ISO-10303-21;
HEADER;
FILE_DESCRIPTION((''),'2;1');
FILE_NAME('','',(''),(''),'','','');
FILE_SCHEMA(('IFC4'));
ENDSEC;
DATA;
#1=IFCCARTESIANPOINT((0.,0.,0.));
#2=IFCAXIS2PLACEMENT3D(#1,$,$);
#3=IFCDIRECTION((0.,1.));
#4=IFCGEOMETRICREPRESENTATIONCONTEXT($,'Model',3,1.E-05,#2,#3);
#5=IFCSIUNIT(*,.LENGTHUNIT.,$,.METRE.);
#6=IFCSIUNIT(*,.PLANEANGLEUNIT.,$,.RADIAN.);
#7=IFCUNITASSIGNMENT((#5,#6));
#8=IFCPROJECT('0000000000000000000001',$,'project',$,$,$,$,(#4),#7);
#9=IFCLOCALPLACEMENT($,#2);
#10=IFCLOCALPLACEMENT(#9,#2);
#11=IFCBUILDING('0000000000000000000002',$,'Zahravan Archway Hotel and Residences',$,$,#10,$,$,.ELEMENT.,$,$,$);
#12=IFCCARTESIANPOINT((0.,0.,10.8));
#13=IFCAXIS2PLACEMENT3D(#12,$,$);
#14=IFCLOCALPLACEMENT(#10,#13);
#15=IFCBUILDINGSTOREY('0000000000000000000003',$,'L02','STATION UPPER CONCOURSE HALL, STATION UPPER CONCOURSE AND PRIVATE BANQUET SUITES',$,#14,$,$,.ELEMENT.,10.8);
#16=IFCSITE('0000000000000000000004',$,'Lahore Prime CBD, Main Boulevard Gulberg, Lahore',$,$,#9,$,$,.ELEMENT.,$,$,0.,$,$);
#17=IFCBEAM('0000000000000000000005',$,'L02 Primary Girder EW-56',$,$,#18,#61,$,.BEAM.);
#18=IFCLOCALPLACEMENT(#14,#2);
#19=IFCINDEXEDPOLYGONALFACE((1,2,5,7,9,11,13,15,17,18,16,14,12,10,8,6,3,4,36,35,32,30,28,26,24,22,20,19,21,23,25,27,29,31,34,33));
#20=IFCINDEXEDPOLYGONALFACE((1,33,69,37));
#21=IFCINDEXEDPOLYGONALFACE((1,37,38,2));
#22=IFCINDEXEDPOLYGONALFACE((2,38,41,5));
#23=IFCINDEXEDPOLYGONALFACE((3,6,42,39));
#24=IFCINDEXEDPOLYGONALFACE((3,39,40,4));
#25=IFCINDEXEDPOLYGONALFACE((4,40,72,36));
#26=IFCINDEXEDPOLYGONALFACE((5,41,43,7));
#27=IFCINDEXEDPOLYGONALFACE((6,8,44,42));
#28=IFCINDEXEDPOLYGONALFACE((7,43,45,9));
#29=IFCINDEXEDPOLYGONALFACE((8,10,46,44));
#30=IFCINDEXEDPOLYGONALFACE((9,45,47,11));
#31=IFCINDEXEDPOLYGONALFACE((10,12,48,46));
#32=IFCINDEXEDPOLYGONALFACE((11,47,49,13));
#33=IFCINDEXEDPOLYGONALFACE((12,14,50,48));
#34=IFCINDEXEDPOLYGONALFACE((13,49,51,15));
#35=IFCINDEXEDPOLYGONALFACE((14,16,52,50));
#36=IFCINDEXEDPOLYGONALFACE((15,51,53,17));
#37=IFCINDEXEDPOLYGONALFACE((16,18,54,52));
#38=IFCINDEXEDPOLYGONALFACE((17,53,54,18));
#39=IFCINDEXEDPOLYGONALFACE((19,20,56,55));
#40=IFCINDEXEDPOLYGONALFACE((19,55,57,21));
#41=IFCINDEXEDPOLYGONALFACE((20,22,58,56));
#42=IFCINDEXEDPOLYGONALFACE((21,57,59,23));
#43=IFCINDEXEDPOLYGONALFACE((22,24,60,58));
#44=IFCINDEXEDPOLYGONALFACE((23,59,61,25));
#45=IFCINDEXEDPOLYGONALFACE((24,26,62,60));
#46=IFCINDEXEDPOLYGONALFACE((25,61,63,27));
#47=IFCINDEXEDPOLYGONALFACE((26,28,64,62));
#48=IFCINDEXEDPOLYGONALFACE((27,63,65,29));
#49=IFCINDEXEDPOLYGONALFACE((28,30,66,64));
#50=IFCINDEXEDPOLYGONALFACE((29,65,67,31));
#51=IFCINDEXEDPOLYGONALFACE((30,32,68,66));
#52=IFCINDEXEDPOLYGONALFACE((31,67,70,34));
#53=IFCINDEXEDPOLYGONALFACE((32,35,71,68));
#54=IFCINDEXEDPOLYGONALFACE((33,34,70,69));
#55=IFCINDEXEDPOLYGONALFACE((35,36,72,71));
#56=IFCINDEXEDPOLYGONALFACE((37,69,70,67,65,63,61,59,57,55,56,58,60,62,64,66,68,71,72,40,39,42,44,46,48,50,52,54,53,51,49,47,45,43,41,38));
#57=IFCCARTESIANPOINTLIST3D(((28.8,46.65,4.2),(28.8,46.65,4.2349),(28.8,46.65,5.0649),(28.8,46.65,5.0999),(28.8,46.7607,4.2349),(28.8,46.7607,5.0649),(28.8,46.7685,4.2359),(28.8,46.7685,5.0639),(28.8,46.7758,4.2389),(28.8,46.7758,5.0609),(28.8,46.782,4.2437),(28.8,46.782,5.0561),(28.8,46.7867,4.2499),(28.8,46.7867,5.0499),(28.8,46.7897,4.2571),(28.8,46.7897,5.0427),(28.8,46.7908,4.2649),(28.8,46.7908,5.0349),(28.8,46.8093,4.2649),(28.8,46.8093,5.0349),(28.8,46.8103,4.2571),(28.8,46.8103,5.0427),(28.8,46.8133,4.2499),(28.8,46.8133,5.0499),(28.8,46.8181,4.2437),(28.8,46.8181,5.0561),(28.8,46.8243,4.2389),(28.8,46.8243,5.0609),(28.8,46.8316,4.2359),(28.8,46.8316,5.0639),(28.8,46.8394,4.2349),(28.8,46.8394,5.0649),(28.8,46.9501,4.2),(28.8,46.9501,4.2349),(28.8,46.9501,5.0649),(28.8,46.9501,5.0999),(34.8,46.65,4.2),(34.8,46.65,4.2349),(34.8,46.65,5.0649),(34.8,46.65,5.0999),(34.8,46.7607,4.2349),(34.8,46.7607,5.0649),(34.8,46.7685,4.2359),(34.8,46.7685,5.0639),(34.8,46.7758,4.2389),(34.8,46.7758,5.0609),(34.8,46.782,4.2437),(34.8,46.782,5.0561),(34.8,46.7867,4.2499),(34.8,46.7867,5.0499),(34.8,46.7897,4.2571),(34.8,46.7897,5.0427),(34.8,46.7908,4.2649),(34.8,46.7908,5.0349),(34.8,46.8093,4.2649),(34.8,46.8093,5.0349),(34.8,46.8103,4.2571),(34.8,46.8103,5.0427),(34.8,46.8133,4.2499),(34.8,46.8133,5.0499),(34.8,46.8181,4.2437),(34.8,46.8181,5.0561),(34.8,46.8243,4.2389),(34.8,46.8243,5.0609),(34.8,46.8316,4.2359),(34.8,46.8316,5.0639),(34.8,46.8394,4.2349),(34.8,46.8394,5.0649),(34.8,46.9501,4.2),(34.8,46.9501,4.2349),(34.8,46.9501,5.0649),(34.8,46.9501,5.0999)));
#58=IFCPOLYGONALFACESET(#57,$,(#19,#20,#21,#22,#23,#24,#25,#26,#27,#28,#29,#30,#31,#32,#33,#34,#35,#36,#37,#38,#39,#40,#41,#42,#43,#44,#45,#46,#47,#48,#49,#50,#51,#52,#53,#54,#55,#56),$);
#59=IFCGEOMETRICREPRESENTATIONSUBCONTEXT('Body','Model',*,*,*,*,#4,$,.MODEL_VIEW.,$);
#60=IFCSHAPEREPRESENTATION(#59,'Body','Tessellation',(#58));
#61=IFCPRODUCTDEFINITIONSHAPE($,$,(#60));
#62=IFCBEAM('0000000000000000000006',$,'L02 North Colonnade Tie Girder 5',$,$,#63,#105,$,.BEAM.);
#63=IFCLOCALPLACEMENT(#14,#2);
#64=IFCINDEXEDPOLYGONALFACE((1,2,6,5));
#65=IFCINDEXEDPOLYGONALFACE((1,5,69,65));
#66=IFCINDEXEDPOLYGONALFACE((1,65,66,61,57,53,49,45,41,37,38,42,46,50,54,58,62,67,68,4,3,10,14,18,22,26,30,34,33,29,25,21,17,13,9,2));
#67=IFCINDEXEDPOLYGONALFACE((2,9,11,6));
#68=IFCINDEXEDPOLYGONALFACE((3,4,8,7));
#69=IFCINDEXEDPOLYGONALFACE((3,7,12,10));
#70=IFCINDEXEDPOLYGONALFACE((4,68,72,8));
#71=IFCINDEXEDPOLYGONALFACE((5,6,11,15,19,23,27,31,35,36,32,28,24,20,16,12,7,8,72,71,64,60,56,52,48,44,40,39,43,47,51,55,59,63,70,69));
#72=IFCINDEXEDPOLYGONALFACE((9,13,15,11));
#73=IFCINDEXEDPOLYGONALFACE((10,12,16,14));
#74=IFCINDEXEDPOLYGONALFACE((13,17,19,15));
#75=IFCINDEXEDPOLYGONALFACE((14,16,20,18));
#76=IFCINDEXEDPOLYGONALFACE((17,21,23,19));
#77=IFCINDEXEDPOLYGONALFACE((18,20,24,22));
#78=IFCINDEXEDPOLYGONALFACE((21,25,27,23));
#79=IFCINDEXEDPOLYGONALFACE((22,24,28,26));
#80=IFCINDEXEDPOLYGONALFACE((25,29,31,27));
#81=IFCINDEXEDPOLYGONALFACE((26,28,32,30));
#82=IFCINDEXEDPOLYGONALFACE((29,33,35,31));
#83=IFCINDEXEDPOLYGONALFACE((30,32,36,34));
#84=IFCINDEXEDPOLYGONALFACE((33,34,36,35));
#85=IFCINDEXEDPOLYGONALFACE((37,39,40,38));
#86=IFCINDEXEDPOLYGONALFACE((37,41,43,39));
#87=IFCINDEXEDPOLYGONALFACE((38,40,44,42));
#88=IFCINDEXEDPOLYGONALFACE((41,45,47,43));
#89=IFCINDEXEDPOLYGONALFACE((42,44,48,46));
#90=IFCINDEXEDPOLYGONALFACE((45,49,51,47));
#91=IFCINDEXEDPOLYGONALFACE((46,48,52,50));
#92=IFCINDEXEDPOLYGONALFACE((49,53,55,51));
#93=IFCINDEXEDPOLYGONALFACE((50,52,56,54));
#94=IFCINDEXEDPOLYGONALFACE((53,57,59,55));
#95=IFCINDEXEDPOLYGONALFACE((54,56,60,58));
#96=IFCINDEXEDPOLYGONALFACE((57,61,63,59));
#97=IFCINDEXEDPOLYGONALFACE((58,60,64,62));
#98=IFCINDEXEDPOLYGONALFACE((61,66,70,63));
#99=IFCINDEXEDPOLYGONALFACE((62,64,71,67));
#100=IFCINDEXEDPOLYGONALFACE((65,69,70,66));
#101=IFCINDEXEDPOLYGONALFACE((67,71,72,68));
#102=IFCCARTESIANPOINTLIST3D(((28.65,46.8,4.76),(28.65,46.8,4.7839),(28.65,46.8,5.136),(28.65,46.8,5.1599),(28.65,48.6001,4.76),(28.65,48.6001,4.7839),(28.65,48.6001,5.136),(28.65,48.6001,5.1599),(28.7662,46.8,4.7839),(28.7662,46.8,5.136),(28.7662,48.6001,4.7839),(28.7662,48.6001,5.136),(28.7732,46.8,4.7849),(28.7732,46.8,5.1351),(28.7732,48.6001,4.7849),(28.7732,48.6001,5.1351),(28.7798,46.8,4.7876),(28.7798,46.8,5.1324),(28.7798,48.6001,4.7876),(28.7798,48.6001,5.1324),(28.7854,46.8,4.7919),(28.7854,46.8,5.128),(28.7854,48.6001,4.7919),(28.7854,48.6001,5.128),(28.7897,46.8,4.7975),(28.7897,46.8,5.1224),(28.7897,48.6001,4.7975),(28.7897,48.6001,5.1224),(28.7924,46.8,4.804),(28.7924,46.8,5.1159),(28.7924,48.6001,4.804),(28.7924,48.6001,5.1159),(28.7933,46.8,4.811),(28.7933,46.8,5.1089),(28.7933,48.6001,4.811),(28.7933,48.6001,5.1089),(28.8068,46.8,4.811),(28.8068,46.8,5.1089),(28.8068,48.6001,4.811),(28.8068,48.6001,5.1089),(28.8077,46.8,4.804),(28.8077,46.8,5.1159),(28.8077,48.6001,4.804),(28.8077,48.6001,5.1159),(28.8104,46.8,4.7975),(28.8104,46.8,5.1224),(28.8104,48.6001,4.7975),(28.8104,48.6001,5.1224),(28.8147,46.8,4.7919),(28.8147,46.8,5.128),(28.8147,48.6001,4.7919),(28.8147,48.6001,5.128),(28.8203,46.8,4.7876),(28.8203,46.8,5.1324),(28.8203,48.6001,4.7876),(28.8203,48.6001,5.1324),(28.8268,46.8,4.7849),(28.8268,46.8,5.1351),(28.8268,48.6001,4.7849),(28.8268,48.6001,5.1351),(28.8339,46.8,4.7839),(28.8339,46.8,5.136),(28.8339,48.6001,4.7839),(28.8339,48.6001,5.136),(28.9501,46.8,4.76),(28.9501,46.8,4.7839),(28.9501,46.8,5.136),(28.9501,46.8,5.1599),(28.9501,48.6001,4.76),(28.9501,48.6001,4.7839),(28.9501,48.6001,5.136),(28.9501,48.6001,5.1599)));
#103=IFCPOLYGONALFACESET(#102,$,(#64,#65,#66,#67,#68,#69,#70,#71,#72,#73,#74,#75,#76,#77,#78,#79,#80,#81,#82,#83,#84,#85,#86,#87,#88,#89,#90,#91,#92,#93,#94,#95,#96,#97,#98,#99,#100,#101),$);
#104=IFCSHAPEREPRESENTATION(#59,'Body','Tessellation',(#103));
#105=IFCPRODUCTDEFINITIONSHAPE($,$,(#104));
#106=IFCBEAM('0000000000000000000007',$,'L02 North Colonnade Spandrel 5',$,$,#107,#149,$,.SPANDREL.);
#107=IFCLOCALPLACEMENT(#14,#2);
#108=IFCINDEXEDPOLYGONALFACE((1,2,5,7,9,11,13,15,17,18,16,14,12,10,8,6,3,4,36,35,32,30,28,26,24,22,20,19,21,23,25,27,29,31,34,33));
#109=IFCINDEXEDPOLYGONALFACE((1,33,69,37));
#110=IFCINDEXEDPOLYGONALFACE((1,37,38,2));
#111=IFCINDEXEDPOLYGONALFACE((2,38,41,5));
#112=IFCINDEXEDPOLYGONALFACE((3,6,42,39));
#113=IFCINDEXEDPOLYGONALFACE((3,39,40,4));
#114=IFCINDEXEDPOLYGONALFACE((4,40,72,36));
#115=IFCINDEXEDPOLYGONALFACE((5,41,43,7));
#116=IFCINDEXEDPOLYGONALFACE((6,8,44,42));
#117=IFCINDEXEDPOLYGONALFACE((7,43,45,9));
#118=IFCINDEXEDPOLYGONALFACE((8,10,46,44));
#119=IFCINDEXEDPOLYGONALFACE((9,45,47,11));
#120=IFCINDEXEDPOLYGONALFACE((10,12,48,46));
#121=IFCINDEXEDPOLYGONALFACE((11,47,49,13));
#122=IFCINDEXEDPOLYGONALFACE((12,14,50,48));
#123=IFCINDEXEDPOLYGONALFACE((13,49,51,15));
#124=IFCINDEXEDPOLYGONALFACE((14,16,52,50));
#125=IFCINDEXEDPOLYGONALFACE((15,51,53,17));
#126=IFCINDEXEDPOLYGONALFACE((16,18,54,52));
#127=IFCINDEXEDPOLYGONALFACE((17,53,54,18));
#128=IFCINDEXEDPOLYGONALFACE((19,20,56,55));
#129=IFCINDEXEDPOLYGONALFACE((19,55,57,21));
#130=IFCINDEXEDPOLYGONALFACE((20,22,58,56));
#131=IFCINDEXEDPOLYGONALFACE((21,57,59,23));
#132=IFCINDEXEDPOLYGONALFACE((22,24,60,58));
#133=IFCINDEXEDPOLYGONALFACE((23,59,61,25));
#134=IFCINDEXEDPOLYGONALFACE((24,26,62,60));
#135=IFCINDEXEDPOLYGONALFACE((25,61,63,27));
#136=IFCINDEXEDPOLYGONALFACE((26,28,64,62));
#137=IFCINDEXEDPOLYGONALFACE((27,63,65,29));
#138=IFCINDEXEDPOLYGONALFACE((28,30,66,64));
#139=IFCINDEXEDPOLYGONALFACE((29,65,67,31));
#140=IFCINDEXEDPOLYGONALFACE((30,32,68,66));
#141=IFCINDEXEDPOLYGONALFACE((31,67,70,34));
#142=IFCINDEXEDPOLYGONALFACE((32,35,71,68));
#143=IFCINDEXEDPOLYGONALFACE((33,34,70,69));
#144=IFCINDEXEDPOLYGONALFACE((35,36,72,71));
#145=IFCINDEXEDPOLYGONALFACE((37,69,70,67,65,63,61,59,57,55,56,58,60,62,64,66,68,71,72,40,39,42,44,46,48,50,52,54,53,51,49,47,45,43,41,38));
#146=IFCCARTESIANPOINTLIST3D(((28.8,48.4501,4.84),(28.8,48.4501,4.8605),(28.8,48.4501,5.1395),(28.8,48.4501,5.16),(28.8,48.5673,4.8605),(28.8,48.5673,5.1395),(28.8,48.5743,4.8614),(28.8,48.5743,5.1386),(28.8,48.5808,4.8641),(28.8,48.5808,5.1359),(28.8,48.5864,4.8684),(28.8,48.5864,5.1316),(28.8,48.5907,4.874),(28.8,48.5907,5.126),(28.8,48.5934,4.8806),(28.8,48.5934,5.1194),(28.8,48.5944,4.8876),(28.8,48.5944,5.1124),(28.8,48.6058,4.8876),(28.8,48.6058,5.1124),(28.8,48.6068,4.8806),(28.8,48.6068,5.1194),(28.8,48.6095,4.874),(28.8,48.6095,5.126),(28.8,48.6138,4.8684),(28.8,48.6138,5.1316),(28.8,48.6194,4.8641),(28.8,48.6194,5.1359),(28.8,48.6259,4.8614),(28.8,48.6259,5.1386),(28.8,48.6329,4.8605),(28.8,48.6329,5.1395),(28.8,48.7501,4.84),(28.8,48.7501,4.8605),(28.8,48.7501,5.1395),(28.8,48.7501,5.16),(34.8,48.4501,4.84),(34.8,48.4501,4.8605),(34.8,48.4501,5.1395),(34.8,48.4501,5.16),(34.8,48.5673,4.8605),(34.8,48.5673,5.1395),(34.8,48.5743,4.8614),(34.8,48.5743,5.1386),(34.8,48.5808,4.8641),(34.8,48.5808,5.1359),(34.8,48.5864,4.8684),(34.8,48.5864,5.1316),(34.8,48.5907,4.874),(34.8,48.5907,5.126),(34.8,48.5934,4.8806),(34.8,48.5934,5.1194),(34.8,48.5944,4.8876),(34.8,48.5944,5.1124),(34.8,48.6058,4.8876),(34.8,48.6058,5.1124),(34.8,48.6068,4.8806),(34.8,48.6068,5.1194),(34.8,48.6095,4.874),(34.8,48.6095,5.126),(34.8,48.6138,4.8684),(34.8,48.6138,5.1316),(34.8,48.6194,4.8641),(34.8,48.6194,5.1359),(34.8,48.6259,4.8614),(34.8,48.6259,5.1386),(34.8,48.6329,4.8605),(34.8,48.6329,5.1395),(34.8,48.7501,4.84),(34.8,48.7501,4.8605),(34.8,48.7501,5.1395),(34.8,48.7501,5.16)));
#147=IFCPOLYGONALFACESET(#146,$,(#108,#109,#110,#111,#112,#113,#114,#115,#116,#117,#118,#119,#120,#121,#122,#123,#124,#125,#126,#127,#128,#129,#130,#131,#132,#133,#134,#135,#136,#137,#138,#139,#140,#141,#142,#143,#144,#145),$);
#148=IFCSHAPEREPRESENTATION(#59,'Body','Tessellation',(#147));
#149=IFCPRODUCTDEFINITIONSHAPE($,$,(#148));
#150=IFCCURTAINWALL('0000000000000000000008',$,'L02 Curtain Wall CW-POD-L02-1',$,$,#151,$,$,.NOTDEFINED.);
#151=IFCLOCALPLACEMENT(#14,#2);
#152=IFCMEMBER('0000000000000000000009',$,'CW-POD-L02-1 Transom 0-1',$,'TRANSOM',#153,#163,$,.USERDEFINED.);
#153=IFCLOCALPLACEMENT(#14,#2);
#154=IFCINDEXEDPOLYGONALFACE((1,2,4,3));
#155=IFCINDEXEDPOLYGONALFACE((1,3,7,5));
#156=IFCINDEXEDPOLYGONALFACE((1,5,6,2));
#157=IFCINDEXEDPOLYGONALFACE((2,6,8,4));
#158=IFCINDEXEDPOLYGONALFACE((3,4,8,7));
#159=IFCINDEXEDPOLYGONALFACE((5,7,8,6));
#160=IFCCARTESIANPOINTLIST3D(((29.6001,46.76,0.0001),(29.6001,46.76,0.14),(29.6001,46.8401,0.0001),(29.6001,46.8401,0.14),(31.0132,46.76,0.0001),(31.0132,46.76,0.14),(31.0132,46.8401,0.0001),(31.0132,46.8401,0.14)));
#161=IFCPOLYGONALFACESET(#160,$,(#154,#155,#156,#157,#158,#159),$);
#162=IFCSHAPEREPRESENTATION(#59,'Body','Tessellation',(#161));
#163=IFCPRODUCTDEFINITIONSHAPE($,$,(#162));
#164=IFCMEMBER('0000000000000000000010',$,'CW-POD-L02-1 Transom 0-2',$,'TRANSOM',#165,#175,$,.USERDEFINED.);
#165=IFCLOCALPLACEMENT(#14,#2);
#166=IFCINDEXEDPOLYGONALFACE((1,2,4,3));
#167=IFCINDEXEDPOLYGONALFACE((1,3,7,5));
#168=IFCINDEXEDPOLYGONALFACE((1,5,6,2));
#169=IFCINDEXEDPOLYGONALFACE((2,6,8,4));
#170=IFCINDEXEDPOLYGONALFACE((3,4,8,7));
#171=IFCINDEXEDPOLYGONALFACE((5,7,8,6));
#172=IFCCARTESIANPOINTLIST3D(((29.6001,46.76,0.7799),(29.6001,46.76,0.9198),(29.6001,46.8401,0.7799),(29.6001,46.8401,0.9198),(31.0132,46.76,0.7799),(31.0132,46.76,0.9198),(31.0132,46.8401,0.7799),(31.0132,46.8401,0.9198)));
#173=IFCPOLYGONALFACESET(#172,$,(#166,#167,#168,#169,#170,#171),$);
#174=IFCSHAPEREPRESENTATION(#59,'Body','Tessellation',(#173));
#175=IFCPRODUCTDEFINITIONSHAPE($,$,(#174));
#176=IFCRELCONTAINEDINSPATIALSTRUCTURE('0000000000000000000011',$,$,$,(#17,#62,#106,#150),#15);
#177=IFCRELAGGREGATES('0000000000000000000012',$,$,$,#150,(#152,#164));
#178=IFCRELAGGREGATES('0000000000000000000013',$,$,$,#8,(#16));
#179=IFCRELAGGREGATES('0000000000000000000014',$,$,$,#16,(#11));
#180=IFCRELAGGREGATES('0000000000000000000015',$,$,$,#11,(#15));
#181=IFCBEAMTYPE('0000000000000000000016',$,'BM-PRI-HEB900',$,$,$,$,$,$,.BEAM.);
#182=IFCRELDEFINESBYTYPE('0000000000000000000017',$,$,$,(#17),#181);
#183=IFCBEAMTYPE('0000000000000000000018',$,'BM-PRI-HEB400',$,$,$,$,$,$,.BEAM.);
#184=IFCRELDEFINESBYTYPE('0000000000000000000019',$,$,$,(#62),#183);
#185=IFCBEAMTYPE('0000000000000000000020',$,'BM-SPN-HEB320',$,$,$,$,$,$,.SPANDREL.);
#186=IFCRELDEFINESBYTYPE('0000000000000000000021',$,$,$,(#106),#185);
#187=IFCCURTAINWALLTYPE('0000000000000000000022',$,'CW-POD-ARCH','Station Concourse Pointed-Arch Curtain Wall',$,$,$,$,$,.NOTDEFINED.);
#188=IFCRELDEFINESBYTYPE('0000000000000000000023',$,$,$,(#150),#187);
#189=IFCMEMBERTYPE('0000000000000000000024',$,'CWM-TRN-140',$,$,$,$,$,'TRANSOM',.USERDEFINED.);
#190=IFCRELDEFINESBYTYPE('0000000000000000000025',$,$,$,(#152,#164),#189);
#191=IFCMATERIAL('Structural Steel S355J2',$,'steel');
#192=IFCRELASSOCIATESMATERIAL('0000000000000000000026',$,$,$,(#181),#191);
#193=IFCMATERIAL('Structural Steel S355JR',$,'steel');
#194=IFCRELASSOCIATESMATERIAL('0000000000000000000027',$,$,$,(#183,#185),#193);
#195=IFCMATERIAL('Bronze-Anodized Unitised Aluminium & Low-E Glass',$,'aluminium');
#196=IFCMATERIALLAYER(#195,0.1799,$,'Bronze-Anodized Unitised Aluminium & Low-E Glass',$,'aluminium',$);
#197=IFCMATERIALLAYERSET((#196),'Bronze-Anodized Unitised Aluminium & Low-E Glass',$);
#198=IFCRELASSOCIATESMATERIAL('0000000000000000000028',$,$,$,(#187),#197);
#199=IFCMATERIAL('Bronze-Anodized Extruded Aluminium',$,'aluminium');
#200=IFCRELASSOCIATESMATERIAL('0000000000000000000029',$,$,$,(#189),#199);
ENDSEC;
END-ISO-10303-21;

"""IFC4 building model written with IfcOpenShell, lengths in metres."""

from ifc_helpers import new_model, si_unit, direction, frame, origin, origin_2d, place, context, subcontext, project, spatial, rectangle, i_section, extrude, source, transform, mapped, material, layer, layer_set, material_profile, profile_set, type_object, type_shapes, element, aggregate, save


model = new_model("IFC4")

# Units and contexts
model_context = context("Model", 3, precision=1e-05, world=origin(), true_north=direction((0.0, 1.0)))
body_context = subcontext(model_context, "Body", "Model", "MODEL_VIEW")
ifc_project = project(units=[si_unit("LENGTHUNIT", "METRE"), si_unit("PLANEANGLEUNIT", "RADIAN")], contexts=[model_context])

# Site, building, storey
site_placement = place(None, origin())
site = spatial("IfcSite", under=ifc_project, at=site_placement, Name="Lahore Prime CBD, Main Boulevard Gulberg, Lahore", CompositionType="ELEMENT", RefElevation=0.0)
building_placement = place(site_placement, origin())
building = spatial("IfcBuilding", under=site, at=building_placement, Name="Zahravan Archway Hotel and Residences", CompositionType="ELEMENT")
storey_placement = place(building_placement, frame((0.0, 0.0, 10.8)))
storey = spatial("IfcBuildingStorey", under=building, at=storey_placement, Name="L02", Description="STATION UPPER CONCOURSE HALL, STATION UPPER CONCOURSE AND PRIVATE BANQUET SUITES", CompositionType="ELEMENT", Elevation=10.8)

# Beams
ifc_material_1 = material(Name="Structural Steel S355J2", Category="steel")
ifc_material_profile_1 = material_profile(ifc_material_1, i_section(OverallWidth=0.3, OverallDepth=0.8999, WebThickness=0.0186, FlangeThickness=0.0349, FilletRadius=0.03, at=origin_2d()), Name="HEB 900", Category="steel")
ifc_profile_set_1 = profile_set([ifc_material_profile_1], Name="Structural Steel S355J2")
beam_type_1 = type_object("IfcBeamType", Name="BM-PRI-HEB900", PredefinedType="BEAM", material=ifc_profile_set_1)
shared_shape_1 = source(origin(), body_context, "Body", "SweptSolid", [
    extrude(i_section(OverallWidth=0.3, OverallDepth=0.8999, WebThickness=0.0186, FlangeThickness=0.0349, FilletRadius=0.03, at=origin_2d()), origin(), (0.0, 0.0, 1.0), 6.0),
])
beam_1_placement = place(storey_placement, frame((28.8, 46.8, 4.6499), z_axis=(1.0, 0.0, 0.0), x_axis=(0.0, 1.0, 0.0)))
element("IfcBeam", 1, at=beam_1_placement, inside=storey, type_object=beam_type_1, Name="L02 Primary Girder EW-56", PredefinedType="BEAM", context=body_context, shape_type="MappedRepresentation", body=[
    mapped(shared_shape_1, transform((0.0, 0.0, 0.0), scale=1.0)),
])
ifc_material_2 = material(Name="Structural Steel S355JR", Category="steel")
ifc_material_profile_2 = material_profile(ifc_material_2, i_section(OverallWidth=0.3, OverallDepth=0.3999, WebThickness=0.0134, FlangeThickness=0.0239, FilletRadius=0.0271, at=origin_2d()), Name="HEB 400", Category="steel")
ifc_profile_set_2 = profile_set([ifc_material_profile_2], Name="Structural Steel S355JR")
beam_type_2 = type_object("IfcBeamType", Name="BM-PRI-HEB400", PredefinedType="BEAM", material=ifc_profile_set_2)
shared_shape_2 = source(origin(), body_context, "Body", "SweptSolid", [
    extrude(i_section(OverallWidth=0.3, OverallDepth=0.3999, WebThickness=0.0134, FlangeThickness=0.0239, FilletRadius=0.0271, at=origin_2d()), origin(), (0.0, 0.0, 1.0), 1.8),
])
beam_2_placement = place(storey_placement, frame((28.8, 46.8, 4.96), z_axis=(0.0, 1.0, 0.0), x_axis=(-1.0, 0.0, 0.0)))
element("IfcBeam", 2, at=beam_2_placement, inside=storey, type_object=beam_type_2, Name="L02 North Colonnade Tie Girder 5", PredefinedType="BEAM", context=body_context, shape_type="MappedRepresentation", body=[
    mapped(shared_shape_2, transform((0.0, 0.0, 0.0), scale=1.0)),
])
ifc_material_profile_3 = material_profile(ifc_material_2, i_section(OverallWidth=0.3, OverallDepth=0.3201, WebThickness=0.0115, FlangeThickness=0.0205, FilletRadius=0.0271, at=origin_2d()), Name="HEB 320", Category="steel")
ifc_profile_set_3 = profile_set([ifc_material_profile_3], Name="Structural Steel S355JR")
beam_type_3 = type_object("IfcBeamType", Name="BM-SPN-HEB320", PredefinedType="SPANDREL", material=ifc_profile_set_3)
shared_shape_3 = source(origin(), body_context, "Body", "SweptSolid", [
    extrude(i_section(OverallWidth=0.3, OverallDepth=0.3201, WebThickness=0.0115, FlangeThickness=0.0205, FilletRadius=0.0271, at=origin_2d()), origin(), (0.0, 0.0, 1.0), 6.0),
])
beam_3_placement = place(storey_placement, frame((28.8, 48.6001, 5.0), z_axis=(1.0, 0.0, 0.0), x_axis=(0.0, 1.0, 0.0)))
element("IfcBeam", 3, at=beam_3_placement, inside=storey, type_object=beam_type_3, Name="L02 North Colonnade Spandrel 5", PredefinedType="SPANDREL", context=body_context, shape_type="MappedRepresentation", body=[
    mapped(shared_shape_3, transform((0.0, 0.0, 0.0), scale=1.0)),
])

# Curtain wall, members
ifc_material_3 = material(Name="Bronze-Anodized Unitised Aluminium & Low-E Glass", Category="aluminium")
ifc_layer_1 = layer(ifc_material_3, 0.1799, Name="Bronze-Anodized Unitised Aluminium & Low-E Glass", Category="aluminium")
ifc_layer_set_1 = layer_set([ifc_layer_1], Name="Bronze-Anodized Unitised Aluminium & Low-E Glass")
curtain_wall_type = type_object("IfcCurtainWallType", Name="CW-POD-ARCH", Description="Station Concourse Pointed-Arch Curtain Wall", PredefinedType="NOTDEFINED", material=ifc_layer_set_1)
curtain_wall_1_placement = place(storey_placement, origin())
curtain_wall_1 = element("IfcCurtainWall", 4, at=curtain_wall_1_placement, inside=storey, type_object=curtain_wall_type, Name="L02 Curtain Wall CW-POD-L02-1", PredefinedType="NOTDEFINED")
ifc_material_4 = material(Name="Bronze-Anodized Extruded Aluminium", Category="aluminium")
ifc_material_profile_4 = material_profile(ifc_material_4, rectangle(XDim=0.0801, YDim=0.1399, at=origin_2d()), Name="TRN 80x140", Category="aluminium")
ifc_profile_set_4 = profile_set([ifc_material_profile_4], Name="Bronze-Anodized Extruded Aluminium")
member_type_1 = type_object("IfcMemberType", Name="CWM-TRN-140", ElementType="TRANSOM", PredefinedType="USERDEFINED", material=ifc_profile_set_4)
shared_shape_4 = source(origin(), body_context, "Body", "SweptSolid", [
    extrude(rectangle(XDim=0.0801, YDim=0.1399, at=origin_2d()), origin(), (0.0, 0.0, 1.0), 1.4131),
])
type_shapes(member_type_1, [shared_shape_4])
member_1_placement = place(storey_placement, frame((29.6001, 46.8, 0.0701), z_axis=(1.0, 0.0, 0.0), x_axis=(0.0, 1.0, 0.0)))
member_1 = element("IfcMember", 5, at=member_1_placement, type_object=member_type_1, Name="CW-POD-L02-1 Transom 0-1", ObjectType="TRANSOM", PredefinedType="USERDEFINED", context=body_context, shape_type="MappedRepresentation", body=[
    mapped(shared_shape_4, transform((0.0, 0.0, 0.0), scale=1.0)),
])
member_2_placement = place(storey_placement, frame((29.6001, 46.8, 0.8499), z_axis=(1.0, 0.0, 0.0), x_axis=(0.0, 1.0, 0.0)))
member_2 = element("IfcMember", 6, at=member_2_placement, type_object=member_type_1, Name="CW-POD-L02-1 Transom 0-2", ObjectType="TRANSOM", PredefinedType="USERDEFINED", context=body_context, shape_type="MappedRepresentation", body=[
    mapped(shared_shape_4, transform((0.0, 0.0, 0.0), scale=1.0)),
])

aggregate(curtain_wall_1, [member_1, member_2])

save(model, "model.ifc")
